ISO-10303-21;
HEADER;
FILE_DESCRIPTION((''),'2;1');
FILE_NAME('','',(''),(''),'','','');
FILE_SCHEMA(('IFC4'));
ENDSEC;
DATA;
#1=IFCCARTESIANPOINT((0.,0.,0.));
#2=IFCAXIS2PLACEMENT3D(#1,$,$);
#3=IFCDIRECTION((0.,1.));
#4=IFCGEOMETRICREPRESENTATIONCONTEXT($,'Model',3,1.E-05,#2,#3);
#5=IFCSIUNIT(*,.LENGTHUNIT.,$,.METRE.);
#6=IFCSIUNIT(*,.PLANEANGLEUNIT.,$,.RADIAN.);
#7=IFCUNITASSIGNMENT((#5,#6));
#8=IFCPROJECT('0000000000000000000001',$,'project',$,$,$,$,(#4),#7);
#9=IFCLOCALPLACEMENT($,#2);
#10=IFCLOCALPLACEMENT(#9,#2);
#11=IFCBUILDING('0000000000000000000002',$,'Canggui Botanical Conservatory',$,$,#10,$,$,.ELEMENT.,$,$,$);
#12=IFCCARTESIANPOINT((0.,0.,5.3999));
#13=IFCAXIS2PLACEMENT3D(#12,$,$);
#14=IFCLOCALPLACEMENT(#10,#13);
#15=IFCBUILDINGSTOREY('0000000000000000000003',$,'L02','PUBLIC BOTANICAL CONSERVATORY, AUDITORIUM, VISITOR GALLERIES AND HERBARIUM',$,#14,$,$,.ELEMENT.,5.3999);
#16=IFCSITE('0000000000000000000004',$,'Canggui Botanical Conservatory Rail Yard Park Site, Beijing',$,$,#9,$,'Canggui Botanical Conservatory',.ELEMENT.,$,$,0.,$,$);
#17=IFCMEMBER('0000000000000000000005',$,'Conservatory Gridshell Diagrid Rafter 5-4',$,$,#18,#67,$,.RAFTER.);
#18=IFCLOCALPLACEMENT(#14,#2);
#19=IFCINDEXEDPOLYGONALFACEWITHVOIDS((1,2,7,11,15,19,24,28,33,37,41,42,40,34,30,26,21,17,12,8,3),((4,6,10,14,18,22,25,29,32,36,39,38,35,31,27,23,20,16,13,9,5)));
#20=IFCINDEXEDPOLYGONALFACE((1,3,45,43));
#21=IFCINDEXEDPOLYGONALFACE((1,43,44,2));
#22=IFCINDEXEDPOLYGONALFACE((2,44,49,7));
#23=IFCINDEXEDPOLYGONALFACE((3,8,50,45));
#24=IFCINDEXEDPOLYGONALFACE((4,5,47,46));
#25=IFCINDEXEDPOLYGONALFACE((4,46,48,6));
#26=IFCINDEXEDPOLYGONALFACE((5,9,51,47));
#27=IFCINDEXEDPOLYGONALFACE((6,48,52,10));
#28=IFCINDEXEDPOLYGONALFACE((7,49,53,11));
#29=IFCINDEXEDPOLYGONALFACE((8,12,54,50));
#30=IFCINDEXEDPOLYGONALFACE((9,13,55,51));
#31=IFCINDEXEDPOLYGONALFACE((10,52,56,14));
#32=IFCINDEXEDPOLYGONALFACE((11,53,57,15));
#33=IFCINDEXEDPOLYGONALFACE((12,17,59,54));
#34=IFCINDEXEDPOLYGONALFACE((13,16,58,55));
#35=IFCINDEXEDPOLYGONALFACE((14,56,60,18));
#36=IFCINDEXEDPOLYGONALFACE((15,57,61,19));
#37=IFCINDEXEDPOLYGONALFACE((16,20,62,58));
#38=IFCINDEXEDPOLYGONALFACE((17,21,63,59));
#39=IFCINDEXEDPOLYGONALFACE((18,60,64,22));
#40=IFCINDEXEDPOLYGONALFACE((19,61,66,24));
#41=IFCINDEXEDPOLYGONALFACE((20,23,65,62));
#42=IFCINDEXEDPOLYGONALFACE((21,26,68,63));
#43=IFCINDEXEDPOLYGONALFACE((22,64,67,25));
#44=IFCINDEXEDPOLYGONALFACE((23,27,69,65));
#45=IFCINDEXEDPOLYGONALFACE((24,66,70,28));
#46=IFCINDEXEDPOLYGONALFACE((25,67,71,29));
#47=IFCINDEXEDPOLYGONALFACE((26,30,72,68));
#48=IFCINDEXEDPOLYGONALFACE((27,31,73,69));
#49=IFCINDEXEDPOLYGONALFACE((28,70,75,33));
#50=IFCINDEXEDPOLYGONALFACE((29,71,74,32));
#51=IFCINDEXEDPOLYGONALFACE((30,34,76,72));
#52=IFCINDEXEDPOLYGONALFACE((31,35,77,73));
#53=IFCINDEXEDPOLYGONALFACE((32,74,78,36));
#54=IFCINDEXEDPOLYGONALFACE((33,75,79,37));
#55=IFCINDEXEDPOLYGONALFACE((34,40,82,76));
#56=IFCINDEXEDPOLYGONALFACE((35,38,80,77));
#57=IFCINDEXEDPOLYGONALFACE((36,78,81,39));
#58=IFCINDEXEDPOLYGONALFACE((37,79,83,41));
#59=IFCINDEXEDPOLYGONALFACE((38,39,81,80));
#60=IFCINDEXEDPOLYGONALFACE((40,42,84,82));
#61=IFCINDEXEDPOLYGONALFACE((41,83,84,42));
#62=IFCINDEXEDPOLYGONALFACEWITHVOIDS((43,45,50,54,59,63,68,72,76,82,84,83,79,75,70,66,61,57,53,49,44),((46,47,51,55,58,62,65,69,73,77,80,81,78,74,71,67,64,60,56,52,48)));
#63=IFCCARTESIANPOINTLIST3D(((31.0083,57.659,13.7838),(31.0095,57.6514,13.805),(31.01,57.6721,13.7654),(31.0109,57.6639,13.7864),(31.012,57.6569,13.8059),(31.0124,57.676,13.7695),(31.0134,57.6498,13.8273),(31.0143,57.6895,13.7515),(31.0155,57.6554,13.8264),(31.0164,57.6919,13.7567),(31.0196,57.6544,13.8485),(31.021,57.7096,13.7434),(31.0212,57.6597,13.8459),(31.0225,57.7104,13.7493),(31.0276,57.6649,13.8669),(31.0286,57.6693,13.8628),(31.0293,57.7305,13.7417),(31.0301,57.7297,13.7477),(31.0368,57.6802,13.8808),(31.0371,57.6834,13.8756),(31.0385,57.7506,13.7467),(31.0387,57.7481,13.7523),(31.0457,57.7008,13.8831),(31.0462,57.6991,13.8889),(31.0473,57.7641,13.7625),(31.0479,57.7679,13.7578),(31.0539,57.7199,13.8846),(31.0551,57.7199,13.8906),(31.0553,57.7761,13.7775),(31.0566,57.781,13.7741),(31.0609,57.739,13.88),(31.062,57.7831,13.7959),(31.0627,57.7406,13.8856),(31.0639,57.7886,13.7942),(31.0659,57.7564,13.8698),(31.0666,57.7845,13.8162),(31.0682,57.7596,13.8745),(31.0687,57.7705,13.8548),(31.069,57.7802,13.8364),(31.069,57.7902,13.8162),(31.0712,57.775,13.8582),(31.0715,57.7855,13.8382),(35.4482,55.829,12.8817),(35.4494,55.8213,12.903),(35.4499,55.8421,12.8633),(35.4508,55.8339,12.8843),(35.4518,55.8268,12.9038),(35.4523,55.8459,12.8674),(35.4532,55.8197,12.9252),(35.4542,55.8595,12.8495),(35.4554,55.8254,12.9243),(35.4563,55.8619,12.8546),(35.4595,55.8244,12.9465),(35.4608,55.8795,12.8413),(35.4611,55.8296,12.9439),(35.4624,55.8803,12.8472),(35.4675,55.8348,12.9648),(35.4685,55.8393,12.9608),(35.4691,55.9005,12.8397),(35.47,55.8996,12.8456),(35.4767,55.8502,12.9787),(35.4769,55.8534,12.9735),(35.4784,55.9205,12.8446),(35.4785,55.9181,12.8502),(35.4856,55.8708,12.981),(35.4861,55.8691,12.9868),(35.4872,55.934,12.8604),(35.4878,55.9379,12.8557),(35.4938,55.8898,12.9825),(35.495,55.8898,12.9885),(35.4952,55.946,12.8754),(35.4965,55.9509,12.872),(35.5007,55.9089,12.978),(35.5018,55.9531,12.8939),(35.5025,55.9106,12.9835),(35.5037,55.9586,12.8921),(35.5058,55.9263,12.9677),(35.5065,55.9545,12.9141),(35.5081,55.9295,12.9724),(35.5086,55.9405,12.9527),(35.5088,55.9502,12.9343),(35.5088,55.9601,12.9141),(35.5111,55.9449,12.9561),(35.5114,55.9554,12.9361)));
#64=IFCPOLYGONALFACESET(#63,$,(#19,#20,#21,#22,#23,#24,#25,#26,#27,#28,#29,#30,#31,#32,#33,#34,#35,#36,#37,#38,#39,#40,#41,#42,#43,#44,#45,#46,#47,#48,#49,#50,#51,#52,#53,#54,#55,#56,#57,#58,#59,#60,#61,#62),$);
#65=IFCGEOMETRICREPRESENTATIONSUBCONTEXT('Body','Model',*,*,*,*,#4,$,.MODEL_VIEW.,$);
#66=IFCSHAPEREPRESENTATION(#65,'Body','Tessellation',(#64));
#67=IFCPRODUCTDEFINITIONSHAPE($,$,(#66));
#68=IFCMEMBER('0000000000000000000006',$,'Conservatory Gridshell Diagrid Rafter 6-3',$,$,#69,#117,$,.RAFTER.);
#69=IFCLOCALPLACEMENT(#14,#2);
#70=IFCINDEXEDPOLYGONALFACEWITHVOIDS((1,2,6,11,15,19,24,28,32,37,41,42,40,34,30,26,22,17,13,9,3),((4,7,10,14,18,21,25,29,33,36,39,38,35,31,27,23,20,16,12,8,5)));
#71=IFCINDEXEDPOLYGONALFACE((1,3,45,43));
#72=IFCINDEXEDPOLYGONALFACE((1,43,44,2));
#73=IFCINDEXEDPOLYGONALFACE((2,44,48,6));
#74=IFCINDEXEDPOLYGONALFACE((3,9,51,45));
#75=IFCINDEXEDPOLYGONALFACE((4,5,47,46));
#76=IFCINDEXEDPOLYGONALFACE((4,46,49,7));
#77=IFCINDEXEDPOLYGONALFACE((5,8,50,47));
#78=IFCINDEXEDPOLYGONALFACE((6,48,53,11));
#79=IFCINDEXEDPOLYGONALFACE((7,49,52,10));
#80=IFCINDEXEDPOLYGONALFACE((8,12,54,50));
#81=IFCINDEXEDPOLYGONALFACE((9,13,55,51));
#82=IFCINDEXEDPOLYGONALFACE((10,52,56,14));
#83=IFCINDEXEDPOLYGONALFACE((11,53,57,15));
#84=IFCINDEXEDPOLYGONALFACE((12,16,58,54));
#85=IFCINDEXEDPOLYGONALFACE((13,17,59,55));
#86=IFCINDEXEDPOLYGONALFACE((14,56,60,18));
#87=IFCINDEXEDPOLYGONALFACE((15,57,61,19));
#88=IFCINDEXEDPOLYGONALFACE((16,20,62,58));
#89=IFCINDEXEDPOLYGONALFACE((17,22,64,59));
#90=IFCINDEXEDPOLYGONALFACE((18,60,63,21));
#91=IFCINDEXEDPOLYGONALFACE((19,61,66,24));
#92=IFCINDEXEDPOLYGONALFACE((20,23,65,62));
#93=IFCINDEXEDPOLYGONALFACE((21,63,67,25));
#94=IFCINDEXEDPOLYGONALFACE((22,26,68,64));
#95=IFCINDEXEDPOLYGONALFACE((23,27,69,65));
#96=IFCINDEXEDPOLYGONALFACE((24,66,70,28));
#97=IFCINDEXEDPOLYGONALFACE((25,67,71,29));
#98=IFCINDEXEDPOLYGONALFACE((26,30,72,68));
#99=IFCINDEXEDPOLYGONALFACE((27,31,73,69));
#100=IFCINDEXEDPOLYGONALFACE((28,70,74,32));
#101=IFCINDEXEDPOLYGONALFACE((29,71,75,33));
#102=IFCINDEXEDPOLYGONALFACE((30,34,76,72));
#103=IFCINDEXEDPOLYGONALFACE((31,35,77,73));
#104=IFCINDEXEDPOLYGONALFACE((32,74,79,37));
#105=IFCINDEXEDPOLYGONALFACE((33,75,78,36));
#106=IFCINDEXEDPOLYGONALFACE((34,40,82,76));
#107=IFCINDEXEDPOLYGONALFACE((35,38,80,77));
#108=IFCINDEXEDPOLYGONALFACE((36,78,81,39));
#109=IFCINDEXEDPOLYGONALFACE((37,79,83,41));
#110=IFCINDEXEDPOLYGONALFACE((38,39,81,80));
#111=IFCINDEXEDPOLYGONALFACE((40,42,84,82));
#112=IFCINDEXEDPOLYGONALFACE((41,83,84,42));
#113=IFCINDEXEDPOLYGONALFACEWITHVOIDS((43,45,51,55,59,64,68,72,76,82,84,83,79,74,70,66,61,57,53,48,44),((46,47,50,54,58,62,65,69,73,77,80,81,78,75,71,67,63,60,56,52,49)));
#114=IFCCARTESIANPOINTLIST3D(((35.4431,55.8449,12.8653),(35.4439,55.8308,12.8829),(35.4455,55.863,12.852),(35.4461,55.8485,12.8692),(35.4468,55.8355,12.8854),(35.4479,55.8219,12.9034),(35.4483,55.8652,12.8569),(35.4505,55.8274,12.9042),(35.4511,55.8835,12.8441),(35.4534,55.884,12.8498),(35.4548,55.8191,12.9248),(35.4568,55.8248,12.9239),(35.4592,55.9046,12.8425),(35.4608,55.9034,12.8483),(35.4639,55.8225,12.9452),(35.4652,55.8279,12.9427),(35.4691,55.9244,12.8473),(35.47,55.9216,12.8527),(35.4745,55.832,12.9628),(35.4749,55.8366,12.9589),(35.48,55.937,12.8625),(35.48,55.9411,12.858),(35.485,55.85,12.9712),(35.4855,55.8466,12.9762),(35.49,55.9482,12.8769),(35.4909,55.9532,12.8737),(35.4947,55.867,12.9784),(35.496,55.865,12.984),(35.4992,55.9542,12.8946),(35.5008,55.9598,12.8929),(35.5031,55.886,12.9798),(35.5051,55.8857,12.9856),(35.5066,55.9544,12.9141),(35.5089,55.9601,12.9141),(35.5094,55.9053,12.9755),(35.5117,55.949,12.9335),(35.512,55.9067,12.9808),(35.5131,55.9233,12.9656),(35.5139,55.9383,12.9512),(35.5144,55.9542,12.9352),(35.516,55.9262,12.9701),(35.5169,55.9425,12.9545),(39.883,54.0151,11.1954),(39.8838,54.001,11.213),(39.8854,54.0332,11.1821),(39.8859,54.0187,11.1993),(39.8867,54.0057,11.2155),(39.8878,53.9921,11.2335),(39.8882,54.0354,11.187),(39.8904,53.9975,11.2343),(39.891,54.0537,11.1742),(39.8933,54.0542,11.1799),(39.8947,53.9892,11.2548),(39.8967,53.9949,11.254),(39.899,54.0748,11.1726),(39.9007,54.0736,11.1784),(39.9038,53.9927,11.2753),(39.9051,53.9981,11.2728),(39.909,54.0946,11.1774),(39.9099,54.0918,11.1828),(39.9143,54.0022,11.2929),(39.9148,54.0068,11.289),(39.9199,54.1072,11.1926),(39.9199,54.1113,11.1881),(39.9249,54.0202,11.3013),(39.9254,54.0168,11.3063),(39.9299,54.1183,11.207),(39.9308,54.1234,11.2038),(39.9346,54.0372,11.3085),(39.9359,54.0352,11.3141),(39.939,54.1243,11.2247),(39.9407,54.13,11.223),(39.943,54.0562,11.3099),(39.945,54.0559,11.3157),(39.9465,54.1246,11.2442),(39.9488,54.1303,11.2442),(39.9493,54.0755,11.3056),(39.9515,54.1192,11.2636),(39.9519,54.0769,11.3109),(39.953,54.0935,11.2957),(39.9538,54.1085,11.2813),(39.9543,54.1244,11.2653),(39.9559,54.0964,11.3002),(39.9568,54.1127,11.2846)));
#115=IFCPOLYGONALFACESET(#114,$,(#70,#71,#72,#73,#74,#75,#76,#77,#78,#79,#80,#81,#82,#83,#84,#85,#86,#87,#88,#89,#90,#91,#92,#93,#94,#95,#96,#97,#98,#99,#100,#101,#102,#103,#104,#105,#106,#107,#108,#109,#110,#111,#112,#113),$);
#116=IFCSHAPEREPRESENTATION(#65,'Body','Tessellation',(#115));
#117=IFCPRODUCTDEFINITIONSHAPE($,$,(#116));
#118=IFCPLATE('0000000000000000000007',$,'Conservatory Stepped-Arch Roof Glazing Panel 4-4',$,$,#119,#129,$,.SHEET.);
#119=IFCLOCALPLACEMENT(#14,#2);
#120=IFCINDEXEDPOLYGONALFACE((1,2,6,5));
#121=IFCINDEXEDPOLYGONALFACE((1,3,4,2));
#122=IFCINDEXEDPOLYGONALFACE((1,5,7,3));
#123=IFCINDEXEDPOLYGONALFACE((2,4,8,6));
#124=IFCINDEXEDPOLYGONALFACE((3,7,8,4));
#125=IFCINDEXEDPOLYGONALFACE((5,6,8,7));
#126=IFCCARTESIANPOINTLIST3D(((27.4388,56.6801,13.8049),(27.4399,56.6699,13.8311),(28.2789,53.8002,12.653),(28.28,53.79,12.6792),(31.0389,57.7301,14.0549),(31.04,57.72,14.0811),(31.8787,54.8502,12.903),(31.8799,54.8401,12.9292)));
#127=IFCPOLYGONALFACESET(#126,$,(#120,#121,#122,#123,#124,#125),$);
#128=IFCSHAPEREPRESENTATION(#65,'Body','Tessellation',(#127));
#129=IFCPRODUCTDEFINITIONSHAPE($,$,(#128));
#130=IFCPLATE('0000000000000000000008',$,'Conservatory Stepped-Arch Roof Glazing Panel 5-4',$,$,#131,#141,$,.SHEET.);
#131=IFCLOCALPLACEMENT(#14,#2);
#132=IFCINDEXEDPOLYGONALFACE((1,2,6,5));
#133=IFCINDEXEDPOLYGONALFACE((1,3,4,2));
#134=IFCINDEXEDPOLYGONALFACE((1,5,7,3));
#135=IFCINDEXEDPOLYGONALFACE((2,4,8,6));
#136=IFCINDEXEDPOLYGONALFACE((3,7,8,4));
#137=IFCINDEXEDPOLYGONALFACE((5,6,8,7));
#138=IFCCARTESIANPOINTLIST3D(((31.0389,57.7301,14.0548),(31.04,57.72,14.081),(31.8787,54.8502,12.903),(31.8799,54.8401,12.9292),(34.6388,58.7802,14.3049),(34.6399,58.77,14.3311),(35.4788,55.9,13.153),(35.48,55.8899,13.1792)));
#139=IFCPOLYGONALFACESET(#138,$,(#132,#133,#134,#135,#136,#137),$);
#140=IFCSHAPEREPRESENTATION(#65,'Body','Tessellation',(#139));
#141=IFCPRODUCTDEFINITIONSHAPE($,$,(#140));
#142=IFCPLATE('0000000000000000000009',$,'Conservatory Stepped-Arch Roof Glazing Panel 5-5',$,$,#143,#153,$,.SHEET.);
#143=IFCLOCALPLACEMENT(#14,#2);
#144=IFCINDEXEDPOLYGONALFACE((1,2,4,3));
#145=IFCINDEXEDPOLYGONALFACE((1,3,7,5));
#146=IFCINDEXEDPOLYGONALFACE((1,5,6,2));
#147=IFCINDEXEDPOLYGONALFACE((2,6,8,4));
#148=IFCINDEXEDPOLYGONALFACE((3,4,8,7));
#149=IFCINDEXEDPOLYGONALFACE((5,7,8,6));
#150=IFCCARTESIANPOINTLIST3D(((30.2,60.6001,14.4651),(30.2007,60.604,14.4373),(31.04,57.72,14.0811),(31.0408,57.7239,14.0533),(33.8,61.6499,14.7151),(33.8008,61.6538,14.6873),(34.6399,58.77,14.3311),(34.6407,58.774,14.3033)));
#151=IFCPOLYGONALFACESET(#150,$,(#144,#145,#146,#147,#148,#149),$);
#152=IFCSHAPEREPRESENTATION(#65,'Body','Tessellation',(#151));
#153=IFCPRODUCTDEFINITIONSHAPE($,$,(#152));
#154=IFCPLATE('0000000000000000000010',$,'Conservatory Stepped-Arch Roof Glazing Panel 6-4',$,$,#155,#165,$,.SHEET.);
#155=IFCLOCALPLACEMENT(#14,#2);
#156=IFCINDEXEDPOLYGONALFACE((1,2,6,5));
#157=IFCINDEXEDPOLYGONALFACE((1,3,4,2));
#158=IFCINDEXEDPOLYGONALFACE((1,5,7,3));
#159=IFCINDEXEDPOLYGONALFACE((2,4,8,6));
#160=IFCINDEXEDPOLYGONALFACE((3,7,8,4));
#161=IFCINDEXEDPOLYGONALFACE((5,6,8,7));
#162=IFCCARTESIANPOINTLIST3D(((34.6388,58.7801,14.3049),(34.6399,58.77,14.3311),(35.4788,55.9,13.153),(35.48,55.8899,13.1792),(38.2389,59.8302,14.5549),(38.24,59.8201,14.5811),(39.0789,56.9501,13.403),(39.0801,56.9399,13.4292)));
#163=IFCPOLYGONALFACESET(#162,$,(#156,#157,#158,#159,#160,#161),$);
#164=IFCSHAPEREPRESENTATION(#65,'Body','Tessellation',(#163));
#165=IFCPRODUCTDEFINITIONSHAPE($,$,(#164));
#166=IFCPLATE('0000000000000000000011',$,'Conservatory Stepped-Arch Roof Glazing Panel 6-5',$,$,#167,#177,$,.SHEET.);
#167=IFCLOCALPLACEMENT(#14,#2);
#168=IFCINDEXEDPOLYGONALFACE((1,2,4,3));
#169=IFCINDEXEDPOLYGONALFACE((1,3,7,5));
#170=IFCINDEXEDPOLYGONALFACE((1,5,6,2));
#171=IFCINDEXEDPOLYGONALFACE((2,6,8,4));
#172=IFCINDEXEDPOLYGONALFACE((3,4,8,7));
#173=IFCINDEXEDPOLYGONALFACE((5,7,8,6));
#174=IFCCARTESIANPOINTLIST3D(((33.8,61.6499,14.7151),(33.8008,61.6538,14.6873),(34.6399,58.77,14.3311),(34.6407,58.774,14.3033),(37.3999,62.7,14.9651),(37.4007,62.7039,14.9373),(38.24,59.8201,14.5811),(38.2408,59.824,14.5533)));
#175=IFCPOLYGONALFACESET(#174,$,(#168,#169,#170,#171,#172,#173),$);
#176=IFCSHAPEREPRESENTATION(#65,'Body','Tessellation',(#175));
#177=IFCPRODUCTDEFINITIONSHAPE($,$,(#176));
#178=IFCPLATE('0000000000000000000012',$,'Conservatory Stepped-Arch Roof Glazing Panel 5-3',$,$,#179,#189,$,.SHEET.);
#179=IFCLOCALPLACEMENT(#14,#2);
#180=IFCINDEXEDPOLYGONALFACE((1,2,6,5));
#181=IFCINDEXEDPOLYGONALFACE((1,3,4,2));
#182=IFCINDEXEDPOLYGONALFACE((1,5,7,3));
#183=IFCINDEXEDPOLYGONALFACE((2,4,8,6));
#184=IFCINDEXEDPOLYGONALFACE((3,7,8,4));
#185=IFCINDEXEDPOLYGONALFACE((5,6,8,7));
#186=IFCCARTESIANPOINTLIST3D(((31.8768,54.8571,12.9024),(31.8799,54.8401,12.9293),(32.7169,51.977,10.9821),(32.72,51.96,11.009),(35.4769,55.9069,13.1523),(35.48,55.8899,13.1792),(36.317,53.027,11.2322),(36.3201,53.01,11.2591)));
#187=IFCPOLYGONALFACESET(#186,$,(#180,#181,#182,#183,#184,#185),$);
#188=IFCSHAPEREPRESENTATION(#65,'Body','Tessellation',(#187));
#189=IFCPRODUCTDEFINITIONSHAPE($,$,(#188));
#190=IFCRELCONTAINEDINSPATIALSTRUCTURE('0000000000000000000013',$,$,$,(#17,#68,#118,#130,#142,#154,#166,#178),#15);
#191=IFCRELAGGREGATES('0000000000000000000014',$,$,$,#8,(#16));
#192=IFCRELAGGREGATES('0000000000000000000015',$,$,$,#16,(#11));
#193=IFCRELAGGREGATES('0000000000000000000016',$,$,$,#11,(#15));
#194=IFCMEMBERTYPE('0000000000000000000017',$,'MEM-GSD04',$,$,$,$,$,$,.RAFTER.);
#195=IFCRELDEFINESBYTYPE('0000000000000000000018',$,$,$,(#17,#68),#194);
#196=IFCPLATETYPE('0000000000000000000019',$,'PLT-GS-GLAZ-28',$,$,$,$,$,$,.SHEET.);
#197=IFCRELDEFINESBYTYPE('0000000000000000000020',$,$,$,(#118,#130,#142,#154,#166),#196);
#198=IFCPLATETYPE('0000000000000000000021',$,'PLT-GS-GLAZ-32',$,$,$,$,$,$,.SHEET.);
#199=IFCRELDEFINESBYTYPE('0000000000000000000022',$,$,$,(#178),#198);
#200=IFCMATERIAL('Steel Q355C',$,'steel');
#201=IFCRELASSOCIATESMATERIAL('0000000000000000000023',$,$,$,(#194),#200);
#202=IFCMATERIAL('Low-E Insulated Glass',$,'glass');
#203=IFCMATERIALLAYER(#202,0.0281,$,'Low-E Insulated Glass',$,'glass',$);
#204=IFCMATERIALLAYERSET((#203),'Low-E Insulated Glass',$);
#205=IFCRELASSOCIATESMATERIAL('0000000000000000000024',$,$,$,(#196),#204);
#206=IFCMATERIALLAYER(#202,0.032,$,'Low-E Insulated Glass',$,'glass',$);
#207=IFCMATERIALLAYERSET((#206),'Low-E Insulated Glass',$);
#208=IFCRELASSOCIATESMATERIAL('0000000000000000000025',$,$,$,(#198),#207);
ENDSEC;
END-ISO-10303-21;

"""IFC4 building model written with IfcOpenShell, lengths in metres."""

from ifc_helpers import new_model, si_unit, direction, frame, origin, origin_2d, place, context, subcontext, project, spatial, polyline, hollow_circle, outline, extrude, material, layer, layer_set, material_profile, profile_set, type_object, element, save


model = new_model("IFC4")

# Units and contexts
model_context = context("Model", 3, precision=1e-05, world=origin(), true_north=direction((0.0, 1.0)))
body_context = subcontext(model_context, "Body", "Model", "MODEL_VIEW")
ifc_project = project(units=[si_unit("LENGTHUNIT", "METRE"), si_unit("PLANEANGLEUNIT", "RADIAN")], contexts=[model_context])

# Site, building, storey
site_placement = place(None, origin())
site = spatial("IfcSite", under=ifc_project, at=site_placement, Name="Canggui Botanical Conservatory Rail Yard Park Site, Beijing", LongName="Canggui Botanical Conservatory", CompositionType="ELEMENT", RefElevation=0.0)
building_placement = place(site_placement, origin())
building = spatial("IfcBuilding", under=site, at=building_placement, Name="Canggui Botanical Conservatory", CompositionType="ELEMENT")
storey_placement = place(building_placement, frame((0.0, 0.0, 5.3999)))
storey = spatial("IfcBuildingStorey", under=building, at=storey_placement, Name="L02", Description="PUBLIC BOTANICAL CONSERVATORY, AUDITORIUM, VISITOR GALLERIES AND HERBARIUM", CompositionType="ELEMENT", Elevation=5.3999)

# Shared definitions
ifc_material_1 = material(Name="Steel Q355C", Category="steel")

# Members
ifc_material_profile_1 = material_profile(ifc_material_1, hollow_circle(Radius=0.0759, WallThickness=0.0061, at=origin_2d()), Name="CHS 152x6")
ifc_profile_set_1 = profile_set([ifc_material_profile_1], Name="Steel Q355C")
member_type_1 = type_object("IfcMemberType", Name="MEM-GSD04", PredefinedType="RAFTER", material=ifc_profile_set_1)
member_1_placement = place(storey_placement, frame((31.04, 57.72, 13.8162), z_axis=(0.908649, -0.374532, -0.184618), x_axis=(0.381082, 0.924541, 0.0)))
element("IfcMember", 1, at=member_1_placement, inside=storey, type_object=member_type_1, Name="Conservatory Gridshell Diagrid Rafter 5-4", PredefinedType="RAFTER", context=body_context, shape_type="SweptSolid", body=[
    extrude(hollow_circle(Radius=0.0759, WallThickness=0.0061, at=origin_2d()), origin(), (0.0, 0.0, 1.0), 4.8862),
])
member_2_placement = place(storey_placement, frame((35.48, 55.8899, 12.9141), z_axis=(0.873267, -0.3599, -0.328447), x_axis=(0.381039, 0.924559, 0.0)))
element("IfcMember", 2, at=member_2_placement, inside=storey, type_object=member_type_1, Name="Conservatory Gridshell Diagrid Rafter 6-3", PredefinedType="RAFTER", context=body_context, shape_type="SweptSolid", body=[
    extrude(hollow_circle(Radius=0.0759, WallThickness=0.0061, at=origin_2d()), origin(), (0.0, 0.0, 1.0), 5.0842),
])

# Plates
ifc_material_2 = material(Name="Low-E Insulated Glass", Category="glass")
ifc_layer_1 = layer(ifc_material_2, 0.0281, Name="Low-E Insulated Glass", Category="glass")
ifc_layer_set_1 = layer_set([ifc_layer_1], Name="Low-E Insulated Glass")
plate_type_1 = type_object("IfcPlateType", Name="PLT-GS-GLAZ-28", PredefinedType="SHEET", material=ifc_layer_set_1)
plate_1_placement = place(storey_placement, frame((28.28, 53.79, 12.6792), z_axis=(0.040546, -0.360841, 0.931746), x_axis=(0.957867, 0.279402, 0.066522)))
element("IfcPlate", 3, at=plate_1_placement, inside=storey, type_object=plate_type_1, Name="Conservatory Stepped-Arch Roof Glazing Panel 4-4", PredefinedType="SHEET", context=body_context, shape_type="SweptSolid", body=[
    extrude(outline(polyline([(0.0, 0.0), (3.7582, 0.0), (3.835, 3.2125), (0.0766, 3.2125), (0.0, 0.0)])), origin(), (0.0, 0.0, -1.0), 0.0281),
])
plate_2_placement = place(storey_placement, frame((31.8799, 54.8401, 12.9292), z_axis=(0.040531, -0.360832, 0.93175), x_axis=(0.957889, 0.27933, 0.066506)))
element("IfcPlate", 4, at=plate_2_placement, inside=storey, type_object=plate_type_1, Name="Conservatory Stepped-Arch Roof Glazing Panel 5-4", PredefinedType="SHEET", context=body_context, shape_type="SweptSolid", body=[
    extrude(outline(polyline([(0.0, 0.0), (3.7584, 0.0), (3.8348, 3.2128), (0.0766, 3.2125), (0.0, 0.0)])), origin(), (0.0, 0.0, -1.0), 0.0281),
])
plate_3_placement = place(storey_placement, frame((31.04, 57.72, 14.0811), z_axis=(-0.027871, -0.140106, 0.989744), x_axis=(0.957867, 0.279402, 0.066525)))
element("IfcPlate", 5, at=plate_3_placement, inside=storey, type_object=plate_type_1, Name="Conservatory Stepped-Arch Roof Glazing Panel 5-5", PredefinedType="SHEET", context=body_context, shape_type="SweptSolid", body=[
    extrude(outline(polyline([(0.0, 0.0), (3.7582, 0.0), (3.7839, 3.0242), (0.0256, 3.0245), (0.0, 0.0)])), origin(), (0.0, 0.0, -1.0), 0.0281),
])
plate_4_placement = place(storey_placement, frame((35.48, 55.8899, 13.1792), z_axis=(0.040536, -0.360815, 0.931756), x_axis=(0.957872, 0.279385, 0.066517)))
element("IfcPlate", 6, at=plate_4_placement, inside=storey, type_object=plate_type_1, Name="Conservatory Stepped-Arch Roof Glazing Panel 6-4", PredefinedType="SHEET", context=body_context, shape_type="SweptSolid", body=[
    extrude(outline(polyline([(0.0, 0.0), (3.7584, 0.0), (3.835, 3.2128), (0.0766, 3.2128), (0.0, 0.0)])), origin(), (0.0, 0.0, -1.0), 0.0281),
])
plate_5_placement = place(storey_placement, frame((34.6399, 58.77, 14.3311), z_axis=(-0.027865, -0.14011, 0.989744), x_axis=(0.957872, 0.279385, 0.066518)))
element("IfcPlate", 7, at=plate_5_placement, inside=storey, type_object=plate_type_1, Name="Conservatory Stepped-Arch Roof Glazing Panel 6-5", PredefinedType="SHEET", context=body_context, shape_type="SweptSolid", body=[
    extrude(outline(polyline([(0.0, 0.0), (3.7584, 0.0), (3.7839, 3.0243), (0.0257, 3.0242), (0.0, 0.0)])), origin(), (0.0, 0.0, -1.0), 0.0281),
])
ifc_layer_2 = layer(ifc_material_2, 0.032, Name="Low-E Insulated Glass", Category="glass")
ifc_layer_set_2 = layer_set([ifc_layer_2], Name="Low-E Insulated Glass")
plate_type_2 = type_object("IfcPlateType", Name="PLT-GS-GLAZ-32", PredefinedType="SHEET", material=ifc_layer_set_2)
plate_6_placement = place(storey_placement, frame((32.72, 51.96, 11.009), z_axis=(0.096874, -0.532407, 0.840927), x_axis=(0.957874, 0.279376, 0.066532)))
element("IfcPlate", 8, at=plate_6_placement, inside=storey, type_object=plate_type_2, Name="Conservatory Stepped-Arch Roof Glazing Panel 5-3", PredefinedType="SHEET", context=body_context, shape_type="SweptSolid", body=[
    extrude(outline(polyline([(0.0, 0.0), (3.7584, 0.0), (3.8861, 3.5595), (0.1277, 3.5597), (0.0, 0.0)])), origin(), (0.0, 0.0, -1.0), 0.032),
])

save(model, "model.ifc")
